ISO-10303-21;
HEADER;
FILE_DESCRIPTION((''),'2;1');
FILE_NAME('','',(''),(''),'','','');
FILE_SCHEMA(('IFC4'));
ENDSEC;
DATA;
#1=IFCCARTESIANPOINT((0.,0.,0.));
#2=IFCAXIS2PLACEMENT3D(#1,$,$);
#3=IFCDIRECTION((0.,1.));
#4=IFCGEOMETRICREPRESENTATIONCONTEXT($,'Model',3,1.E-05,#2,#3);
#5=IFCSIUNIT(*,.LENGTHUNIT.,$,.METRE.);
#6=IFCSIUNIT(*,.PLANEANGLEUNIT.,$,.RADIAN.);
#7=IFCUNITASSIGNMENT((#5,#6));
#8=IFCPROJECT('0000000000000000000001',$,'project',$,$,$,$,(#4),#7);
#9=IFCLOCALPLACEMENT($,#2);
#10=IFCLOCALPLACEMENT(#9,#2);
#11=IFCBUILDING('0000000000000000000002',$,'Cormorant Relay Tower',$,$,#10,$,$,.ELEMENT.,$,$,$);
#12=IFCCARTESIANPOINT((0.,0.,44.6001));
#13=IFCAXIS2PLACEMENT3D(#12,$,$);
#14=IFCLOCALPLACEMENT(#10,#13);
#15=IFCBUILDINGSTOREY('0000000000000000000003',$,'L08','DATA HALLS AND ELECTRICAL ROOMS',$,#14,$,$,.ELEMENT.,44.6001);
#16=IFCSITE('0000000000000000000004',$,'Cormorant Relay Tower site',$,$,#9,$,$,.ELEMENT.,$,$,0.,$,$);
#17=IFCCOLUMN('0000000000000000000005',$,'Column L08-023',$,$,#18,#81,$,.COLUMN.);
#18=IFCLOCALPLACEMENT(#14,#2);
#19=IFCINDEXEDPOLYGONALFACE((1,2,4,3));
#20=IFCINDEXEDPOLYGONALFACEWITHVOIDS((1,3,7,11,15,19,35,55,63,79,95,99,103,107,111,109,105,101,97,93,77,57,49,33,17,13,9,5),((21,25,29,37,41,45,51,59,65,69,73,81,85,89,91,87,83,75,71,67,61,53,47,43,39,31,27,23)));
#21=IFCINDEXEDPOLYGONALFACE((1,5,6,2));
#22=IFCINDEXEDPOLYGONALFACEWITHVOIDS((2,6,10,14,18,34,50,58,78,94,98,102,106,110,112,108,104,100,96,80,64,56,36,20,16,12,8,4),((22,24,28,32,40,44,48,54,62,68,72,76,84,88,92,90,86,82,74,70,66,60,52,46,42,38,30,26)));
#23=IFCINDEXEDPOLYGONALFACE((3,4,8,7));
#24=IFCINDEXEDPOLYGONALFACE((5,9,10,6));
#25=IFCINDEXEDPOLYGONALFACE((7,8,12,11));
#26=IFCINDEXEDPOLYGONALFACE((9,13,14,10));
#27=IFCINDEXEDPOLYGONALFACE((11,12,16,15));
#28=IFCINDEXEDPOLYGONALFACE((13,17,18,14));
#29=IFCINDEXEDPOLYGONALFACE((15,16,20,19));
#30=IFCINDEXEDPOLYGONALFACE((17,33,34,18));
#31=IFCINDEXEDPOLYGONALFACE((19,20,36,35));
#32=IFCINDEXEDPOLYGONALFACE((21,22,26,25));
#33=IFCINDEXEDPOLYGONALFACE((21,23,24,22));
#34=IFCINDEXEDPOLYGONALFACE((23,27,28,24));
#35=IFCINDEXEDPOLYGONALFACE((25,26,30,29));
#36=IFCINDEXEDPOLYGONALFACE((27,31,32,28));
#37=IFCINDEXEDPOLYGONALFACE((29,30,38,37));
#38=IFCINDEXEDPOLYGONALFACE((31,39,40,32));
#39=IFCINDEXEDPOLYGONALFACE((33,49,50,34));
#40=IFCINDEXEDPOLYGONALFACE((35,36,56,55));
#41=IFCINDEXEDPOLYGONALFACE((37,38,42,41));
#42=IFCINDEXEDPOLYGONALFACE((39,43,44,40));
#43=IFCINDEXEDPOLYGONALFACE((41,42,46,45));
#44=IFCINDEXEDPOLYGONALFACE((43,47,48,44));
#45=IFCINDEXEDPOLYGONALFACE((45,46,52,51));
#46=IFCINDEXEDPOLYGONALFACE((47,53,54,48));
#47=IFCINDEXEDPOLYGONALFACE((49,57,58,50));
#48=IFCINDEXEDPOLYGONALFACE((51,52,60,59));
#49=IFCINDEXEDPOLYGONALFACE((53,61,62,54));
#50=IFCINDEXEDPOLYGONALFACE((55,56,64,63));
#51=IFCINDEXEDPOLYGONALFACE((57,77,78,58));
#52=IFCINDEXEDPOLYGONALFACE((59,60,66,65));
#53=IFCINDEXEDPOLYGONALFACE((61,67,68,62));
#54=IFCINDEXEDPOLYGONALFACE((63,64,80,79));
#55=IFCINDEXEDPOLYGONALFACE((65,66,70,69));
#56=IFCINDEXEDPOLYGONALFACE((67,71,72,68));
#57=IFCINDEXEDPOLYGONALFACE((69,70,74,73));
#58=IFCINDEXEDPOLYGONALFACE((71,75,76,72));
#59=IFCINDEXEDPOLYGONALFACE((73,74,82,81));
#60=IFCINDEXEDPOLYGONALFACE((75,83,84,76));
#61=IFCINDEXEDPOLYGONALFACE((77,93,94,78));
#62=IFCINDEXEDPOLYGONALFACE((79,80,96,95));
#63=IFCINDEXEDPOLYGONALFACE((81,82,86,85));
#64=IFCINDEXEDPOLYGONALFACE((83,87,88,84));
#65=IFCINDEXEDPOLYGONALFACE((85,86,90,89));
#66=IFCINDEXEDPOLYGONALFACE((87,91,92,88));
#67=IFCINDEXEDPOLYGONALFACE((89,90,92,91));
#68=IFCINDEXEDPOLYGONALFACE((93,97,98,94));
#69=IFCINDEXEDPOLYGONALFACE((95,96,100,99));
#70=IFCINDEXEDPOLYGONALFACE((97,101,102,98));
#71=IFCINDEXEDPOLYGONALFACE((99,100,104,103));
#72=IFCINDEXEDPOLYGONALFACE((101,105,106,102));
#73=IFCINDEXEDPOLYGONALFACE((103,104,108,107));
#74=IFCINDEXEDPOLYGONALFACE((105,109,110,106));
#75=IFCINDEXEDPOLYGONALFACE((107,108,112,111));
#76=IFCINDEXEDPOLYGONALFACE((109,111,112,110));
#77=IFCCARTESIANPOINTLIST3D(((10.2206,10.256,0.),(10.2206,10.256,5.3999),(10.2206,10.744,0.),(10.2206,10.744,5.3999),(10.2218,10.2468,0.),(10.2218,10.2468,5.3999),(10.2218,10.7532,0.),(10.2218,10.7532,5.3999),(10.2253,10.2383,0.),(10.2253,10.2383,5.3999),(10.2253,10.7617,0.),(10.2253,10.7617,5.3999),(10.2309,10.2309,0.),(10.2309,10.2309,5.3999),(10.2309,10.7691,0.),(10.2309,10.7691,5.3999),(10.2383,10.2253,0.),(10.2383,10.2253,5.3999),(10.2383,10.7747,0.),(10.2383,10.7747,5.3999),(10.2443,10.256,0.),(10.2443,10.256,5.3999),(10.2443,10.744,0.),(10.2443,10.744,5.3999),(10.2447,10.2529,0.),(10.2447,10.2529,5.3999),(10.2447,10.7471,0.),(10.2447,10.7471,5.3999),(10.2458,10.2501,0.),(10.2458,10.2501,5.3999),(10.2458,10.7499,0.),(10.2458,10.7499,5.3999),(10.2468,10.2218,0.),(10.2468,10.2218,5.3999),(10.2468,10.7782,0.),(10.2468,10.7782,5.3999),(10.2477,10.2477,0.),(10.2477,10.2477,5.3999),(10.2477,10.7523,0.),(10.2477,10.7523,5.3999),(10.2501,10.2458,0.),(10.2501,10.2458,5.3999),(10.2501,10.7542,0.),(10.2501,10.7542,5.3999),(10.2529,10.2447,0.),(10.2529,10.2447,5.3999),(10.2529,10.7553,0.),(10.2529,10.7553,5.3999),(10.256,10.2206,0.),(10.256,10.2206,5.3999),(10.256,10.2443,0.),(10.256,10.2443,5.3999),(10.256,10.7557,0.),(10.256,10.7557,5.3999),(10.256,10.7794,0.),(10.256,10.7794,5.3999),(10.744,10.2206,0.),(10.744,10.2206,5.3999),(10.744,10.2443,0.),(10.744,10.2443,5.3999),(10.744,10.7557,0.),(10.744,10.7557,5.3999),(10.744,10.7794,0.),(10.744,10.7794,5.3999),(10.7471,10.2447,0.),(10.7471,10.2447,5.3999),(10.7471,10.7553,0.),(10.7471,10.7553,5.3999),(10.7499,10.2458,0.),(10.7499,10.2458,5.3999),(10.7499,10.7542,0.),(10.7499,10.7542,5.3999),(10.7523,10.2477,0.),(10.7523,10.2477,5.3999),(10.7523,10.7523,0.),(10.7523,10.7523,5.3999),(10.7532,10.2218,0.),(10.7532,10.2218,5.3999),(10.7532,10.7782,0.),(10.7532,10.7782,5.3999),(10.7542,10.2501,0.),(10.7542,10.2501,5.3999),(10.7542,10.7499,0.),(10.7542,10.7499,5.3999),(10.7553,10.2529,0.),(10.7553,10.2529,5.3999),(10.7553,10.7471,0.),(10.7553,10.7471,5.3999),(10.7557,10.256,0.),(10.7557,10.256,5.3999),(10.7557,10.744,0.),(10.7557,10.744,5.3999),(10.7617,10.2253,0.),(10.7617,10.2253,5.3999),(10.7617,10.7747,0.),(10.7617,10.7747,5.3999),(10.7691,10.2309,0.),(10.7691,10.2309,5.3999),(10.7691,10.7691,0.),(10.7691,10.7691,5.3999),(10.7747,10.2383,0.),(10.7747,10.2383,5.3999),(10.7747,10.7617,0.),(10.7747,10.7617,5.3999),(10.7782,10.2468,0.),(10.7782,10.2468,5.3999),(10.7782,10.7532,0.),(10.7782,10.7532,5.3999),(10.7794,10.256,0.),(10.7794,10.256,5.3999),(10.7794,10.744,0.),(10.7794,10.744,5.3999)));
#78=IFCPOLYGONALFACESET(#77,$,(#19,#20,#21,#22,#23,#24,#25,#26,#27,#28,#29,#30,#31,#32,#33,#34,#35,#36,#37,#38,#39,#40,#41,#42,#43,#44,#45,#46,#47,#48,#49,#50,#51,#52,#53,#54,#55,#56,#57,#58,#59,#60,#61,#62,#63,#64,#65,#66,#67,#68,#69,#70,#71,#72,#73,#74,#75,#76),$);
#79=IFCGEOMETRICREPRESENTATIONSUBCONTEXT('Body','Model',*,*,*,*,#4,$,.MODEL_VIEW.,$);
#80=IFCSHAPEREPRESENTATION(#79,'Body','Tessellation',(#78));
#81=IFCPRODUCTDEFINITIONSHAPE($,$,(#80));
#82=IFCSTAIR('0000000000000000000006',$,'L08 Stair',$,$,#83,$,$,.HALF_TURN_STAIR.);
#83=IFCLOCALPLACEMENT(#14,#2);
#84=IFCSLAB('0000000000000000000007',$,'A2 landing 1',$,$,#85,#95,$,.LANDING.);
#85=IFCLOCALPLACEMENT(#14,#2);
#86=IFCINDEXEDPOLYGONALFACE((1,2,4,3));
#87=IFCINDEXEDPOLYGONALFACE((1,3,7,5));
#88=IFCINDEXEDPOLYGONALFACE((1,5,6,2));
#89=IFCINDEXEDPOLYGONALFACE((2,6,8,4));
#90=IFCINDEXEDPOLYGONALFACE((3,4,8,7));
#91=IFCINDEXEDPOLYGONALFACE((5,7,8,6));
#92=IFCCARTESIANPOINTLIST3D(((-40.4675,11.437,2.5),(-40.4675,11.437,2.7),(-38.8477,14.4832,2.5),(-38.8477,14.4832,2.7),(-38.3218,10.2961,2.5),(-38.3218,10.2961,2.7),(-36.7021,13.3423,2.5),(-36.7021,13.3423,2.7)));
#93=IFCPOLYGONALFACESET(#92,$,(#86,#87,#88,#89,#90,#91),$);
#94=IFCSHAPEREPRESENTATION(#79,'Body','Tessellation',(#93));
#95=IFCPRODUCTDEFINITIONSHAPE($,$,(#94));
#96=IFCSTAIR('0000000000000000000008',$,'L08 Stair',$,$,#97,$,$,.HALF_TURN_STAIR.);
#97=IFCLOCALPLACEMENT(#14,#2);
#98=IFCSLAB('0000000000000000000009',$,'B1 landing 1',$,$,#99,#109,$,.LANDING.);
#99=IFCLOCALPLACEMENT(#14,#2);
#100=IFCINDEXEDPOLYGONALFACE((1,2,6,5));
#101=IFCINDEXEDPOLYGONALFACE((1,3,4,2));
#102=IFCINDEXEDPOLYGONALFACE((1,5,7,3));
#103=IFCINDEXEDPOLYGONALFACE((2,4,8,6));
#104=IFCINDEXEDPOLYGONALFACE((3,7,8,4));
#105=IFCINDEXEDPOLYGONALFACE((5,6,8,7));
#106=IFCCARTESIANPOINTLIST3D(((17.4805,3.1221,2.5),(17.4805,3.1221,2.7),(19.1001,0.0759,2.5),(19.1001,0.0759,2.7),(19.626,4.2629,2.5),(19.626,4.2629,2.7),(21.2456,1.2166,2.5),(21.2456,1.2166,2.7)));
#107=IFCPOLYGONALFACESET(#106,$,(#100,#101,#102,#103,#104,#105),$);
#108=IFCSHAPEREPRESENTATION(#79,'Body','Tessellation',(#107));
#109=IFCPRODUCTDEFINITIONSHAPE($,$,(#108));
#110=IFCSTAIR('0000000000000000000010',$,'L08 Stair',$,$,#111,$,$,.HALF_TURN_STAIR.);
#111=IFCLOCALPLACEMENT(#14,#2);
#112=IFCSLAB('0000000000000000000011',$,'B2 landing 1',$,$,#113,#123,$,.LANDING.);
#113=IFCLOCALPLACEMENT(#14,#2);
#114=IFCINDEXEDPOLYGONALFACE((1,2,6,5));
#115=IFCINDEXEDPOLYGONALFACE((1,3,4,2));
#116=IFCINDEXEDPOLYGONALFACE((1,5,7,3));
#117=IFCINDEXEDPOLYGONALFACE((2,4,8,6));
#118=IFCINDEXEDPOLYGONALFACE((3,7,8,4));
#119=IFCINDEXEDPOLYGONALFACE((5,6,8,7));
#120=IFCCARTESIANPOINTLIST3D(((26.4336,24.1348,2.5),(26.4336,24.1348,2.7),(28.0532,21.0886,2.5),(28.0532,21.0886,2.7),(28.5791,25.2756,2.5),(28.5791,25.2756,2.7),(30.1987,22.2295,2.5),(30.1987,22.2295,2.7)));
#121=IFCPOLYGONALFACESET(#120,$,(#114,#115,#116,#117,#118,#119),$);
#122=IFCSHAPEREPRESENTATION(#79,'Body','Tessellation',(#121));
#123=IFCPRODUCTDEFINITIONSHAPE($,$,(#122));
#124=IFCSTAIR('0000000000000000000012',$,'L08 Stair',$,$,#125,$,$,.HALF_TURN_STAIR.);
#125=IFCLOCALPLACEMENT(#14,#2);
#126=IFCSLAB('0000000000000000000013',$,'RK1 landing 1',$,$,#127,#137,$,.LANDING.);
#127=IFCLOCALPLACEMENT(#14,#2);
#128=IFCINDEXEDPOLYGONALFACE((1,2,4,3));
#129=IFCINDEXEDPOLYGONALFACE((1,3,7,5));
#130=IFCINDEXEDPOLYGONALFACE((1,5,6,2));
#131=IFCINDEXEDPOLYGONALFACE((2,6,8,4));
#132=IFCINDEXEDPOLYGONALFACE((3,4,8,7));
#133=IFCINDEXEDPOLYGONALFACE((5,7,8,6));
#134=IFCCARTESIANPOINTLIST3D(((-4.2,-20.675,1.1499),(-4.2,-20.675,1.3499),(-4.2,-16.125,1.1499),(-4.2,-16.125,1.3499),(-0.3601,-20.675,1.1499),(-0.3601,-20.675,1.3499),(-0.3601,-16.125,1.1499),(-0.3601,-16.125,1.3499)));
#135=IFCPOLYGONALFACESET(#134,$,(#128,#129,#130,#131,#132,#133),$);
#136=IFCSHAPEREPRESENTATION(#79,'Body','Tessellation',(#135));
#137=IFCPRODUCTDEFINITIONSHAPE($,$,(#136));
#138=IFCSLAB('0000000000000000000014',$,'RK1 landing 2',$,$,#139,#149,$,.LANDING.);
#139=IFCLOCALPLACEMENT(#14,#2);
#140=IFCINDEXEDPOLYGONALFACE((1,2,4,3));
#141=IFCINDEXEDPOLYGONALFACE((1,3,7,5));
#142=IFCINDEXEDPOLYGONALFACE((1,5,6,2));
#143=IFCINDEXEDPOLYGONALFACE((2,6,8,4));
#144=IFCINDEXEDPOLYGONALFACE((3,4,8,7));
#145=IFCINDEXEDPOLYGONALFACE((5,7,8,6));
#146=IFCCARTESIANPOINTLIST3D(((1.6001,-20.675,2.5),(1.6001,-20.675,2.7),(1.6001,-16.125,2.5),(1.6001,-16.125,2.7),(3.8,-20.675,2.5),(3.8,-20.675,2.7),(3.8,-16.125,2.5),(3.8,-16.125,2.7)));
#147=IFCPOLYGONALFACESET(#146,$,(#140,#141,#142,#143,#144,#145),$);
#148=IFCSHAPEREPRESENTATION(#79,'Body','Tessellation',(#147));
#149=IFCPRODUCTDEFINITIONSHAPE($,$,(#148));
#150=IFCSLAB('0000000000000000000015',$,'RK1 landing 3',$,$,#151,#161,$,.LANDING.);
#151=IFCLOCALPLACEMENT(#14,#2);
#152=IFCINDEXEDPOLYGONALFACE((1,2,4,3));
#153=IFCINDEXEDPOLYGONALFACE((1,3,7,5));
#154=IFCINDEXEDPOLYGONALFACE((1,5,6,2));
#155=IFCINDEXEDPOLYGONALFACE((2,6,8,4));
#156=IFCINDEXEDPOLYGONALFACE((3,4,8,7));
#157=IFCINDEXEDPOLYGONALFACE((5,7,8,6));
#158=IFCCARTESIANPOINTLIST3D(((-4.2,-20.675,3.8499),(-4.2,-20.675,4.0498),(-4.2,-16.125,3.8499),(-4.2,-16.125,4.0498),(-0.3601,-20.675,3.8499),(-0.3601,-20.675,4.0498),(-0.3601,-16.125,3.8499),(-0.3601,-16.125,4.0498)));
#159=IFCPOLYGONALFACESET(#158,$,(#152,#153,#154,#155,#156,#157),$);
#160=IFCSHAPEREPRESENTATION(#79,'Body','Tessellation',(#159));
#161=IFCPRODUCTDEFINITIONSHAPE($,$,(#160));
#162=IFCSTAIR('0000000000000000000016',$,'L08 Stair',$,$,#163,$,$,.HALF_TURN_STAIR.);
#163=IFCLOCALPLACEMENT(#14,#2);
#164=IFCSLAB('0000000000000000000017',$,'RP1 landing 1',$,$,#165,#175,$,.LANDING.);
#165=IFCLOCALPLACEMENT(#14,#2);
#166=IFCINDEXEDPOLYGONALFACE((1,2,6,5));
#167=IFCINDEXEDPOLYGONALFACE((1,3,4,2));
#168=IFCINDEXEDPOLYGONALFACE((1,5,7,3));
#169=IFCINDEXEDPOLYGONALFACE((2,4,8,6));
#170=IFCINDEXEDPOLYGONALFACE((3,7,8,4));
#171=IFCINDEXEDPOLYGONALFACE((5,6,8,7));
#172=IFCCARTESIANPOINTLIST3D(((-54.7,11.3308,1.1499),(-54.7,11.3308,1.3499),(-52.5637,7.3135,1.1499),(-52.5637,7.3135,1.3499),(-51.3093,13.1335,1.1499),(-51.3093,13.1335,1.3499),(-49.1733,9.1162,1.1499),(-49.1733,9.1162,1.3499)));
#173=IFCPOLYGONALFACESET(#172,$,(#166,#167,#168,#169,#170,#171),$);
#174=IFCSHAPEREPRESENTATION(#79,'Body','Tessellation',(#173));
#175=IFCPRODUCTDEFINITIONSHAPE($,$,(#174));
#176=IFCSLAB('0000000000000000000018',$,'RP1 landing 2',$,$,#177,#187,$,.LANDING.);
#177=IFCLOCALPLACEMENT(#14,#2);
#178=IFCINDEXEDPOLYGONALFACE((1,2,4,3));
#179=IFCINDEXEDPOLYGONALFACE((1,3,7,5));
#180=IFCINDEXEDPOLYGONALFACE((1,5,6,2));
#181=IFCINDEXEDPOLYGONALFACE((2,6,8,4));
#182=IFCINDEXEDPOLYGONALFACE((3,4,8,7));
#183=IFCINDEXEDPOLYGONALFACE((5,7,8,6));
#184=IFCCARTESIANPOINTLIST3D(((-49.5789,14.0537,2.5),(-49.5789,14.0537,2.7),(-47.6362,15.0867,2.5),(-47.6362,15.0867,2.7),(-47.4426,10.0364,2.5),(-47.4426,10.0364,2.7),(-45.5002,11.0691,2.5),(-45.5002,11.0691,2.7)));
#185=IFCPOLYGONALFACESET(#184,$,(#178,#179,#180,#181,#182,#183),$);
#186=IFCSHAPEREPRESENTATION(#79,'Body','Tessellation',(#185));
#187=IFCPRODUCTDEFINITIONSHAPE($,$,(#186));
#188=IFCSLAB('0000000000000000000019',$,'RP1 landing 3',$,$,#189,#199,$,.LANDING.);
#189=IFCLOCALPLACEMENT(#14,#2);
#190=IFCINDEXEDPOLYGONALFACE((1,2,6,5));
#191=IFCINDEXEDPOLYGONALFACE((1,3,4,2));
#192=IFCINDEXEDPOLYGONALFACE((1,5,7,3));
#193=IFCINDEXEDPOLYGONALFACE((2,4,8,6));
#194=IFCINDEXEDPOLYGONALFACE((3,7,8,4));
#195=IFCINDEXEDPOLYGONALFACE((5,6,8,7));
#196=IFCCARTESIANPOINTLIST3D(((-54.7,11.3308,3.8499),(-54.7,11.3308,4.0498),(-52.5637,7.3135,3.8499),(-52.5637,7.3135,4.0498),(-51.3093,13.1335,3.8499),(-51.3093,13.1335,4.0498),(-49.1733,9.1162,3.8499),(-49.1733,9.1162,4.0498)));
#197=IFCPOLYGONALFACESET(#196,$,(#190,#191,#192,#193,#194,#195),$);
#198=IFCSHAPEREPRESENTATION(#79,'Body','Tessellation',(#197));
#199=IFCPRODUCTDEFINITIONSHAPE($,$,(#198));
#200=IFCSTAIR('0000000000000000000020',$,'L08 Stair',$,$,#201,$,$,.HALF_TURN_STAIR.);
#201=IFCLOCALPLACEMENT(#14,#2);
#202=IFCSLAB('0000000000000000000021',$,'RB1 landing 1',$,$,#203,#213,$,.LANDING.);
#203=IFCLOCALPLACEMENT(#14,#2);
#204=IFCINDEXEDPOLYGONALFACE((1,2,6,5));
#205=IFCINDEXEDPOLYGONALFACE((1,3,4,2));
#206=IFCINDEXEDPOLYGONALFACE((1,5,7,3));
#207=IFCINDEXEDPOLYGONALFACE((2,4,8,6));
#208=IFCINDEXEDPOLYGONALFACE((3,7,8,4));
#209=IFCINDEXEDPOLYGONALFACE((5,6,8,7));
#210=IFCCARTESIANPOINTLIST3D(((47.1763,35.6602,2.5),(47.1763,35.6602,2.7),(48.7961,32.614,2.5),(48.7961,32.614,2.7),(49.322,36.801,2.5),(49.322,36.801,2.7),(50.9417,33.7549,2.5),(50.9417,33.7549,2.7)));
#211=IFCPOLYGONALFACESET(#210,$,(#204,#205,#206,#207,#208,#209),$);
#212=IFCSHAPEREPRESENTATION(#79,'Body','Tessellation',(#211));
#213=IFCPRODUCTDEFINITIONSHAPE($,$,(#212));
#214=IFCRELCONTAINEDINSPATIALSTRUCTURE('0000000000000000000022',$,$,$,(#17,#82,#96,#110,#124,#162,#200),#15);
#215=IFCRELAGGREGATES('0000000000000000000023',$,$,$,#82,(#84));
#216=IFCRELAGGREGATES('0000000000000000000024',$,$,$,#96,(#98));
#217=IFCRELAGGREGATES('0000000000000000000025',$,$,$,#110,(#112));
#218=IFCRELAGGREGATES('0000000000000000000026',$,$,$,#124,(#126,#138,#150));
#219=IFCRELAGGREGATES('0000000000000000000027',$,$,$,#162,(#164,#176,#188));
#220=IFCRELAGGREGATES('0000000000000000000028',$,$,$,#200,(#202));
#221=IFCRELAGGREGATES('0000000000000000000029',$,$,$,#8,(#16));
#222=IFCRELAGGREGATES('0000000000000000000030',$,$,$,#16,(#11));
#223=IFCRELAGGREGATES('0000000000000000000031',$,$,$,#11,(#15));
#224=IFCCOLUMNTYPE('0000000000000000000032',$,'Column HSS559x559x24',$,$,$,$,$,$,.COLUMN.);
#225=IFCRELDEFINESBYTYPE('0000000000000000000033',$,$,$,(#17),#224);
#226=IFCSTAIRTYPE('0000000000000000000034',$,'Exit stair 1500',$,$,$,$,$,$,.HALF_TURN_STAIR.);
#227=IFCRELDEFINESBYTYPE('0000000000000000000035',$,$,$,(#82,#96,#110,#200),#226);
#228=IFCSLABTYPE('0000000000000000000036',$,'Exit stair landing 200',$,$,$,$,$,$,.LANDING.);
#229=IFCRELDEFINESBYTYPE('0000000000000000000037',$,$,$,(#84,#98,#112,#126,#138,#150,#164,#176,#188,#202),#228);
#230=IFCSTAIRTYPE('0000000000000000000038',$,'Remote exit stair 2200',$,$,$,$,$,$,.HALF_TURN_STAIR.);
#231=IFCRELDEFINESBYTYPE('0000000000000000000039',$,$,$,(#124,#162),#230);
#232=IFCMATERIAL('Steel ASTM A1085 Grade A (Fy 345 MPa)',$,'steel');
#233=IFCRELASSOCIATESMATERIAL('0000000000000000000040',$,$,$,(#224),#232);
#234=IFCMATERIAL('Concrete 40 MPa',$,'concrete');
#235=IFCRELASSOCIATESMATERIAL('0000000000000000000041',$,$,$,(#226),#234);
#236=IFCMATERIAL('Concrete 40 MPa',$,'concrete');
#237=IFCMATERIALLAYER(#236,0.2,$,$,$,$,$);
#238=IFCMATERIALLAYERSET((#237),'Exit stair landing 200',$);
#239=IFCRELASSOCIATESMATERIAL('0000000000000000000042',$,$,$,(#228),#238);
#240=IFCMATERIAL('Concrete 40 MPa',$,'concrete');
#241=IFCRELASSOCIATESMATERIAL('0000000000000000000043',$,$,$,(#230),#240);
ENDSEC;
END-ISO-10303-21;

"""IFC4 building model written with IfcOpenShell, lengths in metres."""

from ifc_helpers import new_model, si_unit, direction, frame, origin, origin_2d, place, context, subcontext, project, spatial, polyline, hollow_rectangle, outline, extrude, material, layer, layer_set, material_profile, profile_set, type_object, element, aggregate, save


model = new_model("IFC4")

# Units and contexts
model_context = context("Model", 3, precision=1e-05, world=origin(), true_north=direction((0.0, 1.0)))
body_context = subcontext(model_context, "Body", "Model", "MODEL_VIEW")
ifc_project = project(units=[si_unit("LENGTHUNIT", "METRE"), si_unit("PLANEANGLEUNIT", "RADIAN")], contexts=[model_context])

# Site, building, storey
site_placement = place(None, origin())
site = spatial("IfcSite", under=ifc_project, at=site_placement, Name="Cormorant Relay Tower site", CompositionType="ELEMENT", RefElevation=0.0)
building_placement = place(site_placement, origin())
building = spatial("IfcBuilding", under=site, at=building_placement, Name="Cormorant Relay Tower", CompositionType="ELEMENT")
storey_placement = place(building_placement, frame((0.0, 0.0, 44.6001)))
storey = spatial("IfcBuildingStorey", under=building, at=storey_placement, Name="L08", Description="DATA HALLS AND ELECTRICAL ROOMS", CompositionType="ELEMENT", Elevation=44.6001)

# Column
ifc_material_1 = material(Name="Steel ASTM A1085 Grade A (Fy 345 MPa)", Category="steel")
ifc_material_profile = material_profile(ifc_material_1, hollow_rectangle(XDim=0.5588, YDim=0.5588, WallThickness=0.0237, InnerFilletRadius=0.0117, OuterFilletRadius=0.0354, at=origin_2d()), Name="HSS559x559x24")
ifc_profile_set = profile_set([ifc_material_profile], Name="Steel ASTM A1085 Grade A (Fy 345 MPa)")
column_type = type_object("IfcColumnType", Name="Column HSS559x559x24", PredefinedType="COLUMN", material=ifc_profile_set)
column_placement = place(storey_placement, frame((10.5, 10.5, 0.0), z_axis=(0.0, 0.0, 1.0), x_axis=(1.0, 0.0, 0.0)))
element("IfcColumn", 1, at=column_placement, inside=storey, type_object=column_type, Name="Column L08-023", PredefinedType="COLUMN", context=body_context, shape_type="SweptSolid", body=[
    extrude(hollow_rectangle(XDim=0.5588, YDim=0.5588, WallThickness=0.0237, InnerFilletRadius=0.0117, OuterFilletRadius=0.0354, at=origin_2d()), origin(), (0.0, 0.0, 1.0), 5.3999),
])

# Stairs, slabs
ifc_material_2 = material(Name="Concrete 40 MPa", Category="concrete")
stair_type_1 = type_object("IfcStairType", Name="Exit stair 1500", PredefinedType="HALF_TURN_STAIR", material=ifc_material_2)
stair_1_placement = place(storey_placement, origin())
stair_1 = element("IfcStair", 2, at=stair_1_placement, inside=storey, type_object=stair_type_1, Name="L08 Stair", PredefinedType="HALF_TURN_STAIR")
ifc_material_3 = material(Name="Concrete 40 MPa", Category="concrete")
ifc_layer_1 = layer(ifc_material_3, 0.2)
ifc_layer_set_1 = layer_set([ifc_layer_1], Name="Exit stair landing 200")
slab_type = type_object("IfcSlabType", Name="Exit stair landing 200", PredefinedType="LANDING", material=ifc_layer_set_1)
slab_1_placement = place(storey_placement, frame((0.0, 0.0, 2.5)))
slab_1 = element("IfcSlab", 3, at=slab_1_placement, type_object=slab_type, Name="A2 landing 1", PredefinedType="LANDING", context=body_context, shape_type="SweptSolid", body=[
    extrude(outline(polyline([(-36.7021, 13.3423), (-38.8477, 14.4832), (-40.4675, 11.437), (-38.3218, 10.2961), (-36.7021, 13.3423)])), origin(), (0.0, 0.0, 1.0), 0.2),
])
aggregate(stair_1, [slab_1])
stair_2_placement = place(storey_placement, origin())
stair_2 = element("IfcStair", 4, at=stair_2_placement, inside=storey, type_object=stair_type_1, Name="L08 Stair", PredefinedType="HALF_TURN_STAIR")
slab_2_placement = place(storey_placement, frame((0.0, 0.0, 2.5)))
slab_2 = element("IfcSlab", 5, at=slab_2_placement, type_object=slab_type, Name="B1 landing 1", PredefinedType="LANDING", context=body_context, shape_type="SweptSolid", body=[
    extrude(outline(polyline([(19.626, 4.2629), (17.4805, 3.1221), (19.1001, 0.0759), (21.2456, 1.2166), (19.626, 4.2629)])), origin(), (0.0, 0.0, 1.0), 0.2),
])
aggregate(stair_2, [slab_2])
stair_3_placement = place(storey_placement, origin())
stair_3 = element("IfcStair", 6, at=stair_3_placement, inside=storey, type_object=stair_type_1, Name="L08 Stair", PredefinedType="HALF_TURN_STAIR")
slab_3_placement = place(storey_placement, frame((0.0, 0.0, 2.5)))
slab_3 = element("IfcSlab", 7, at=slab_3_placement, type_object=slab_type, Name="B2 landing 1", PredefinedType="LANDING", context=body_context, shape_type="SweptSolid", body=[
    extrude(outline(polyline([(28.0532, 21.0886), (30.1987, 22.2295), (28.5791, 25.2756), (26.4336, 24.1348), (28.0532, 21.0886)])), origin(), (0.0, 0.0, 1.0), 0.2),
])
aggregate(stair_3, [slab_3])

# Stairs, slabs
ifc_material_4 = material(Name="Concrete 40 MPa", Category="concrete")
stair_type_2 = type_object("IfcStairType", Name="Remote exit stair 2200", PredefinedType="HALF_TURN_STAIR", material=ifc_material_4)
stair_4_placement = place(storey_placement, origin())
stair_4 = element("IfcStair", 8, at=stair_4_placement, inside=storey, type_object=stair_type_2, Name="L08 Stair", PredefinedType="HALF_TURN_STAIR")
slab_4_placement = place(storey_placement, frame((0.0, 0.0, 1.1499)))
slab_4 = element("IfcSlab", 9, at=slab_4_placement, type_object=slab_type, Name="RK1 landing 1", PredefinedType="LANDING", context=body_context, shape_type="SweptSolid", body=[
    extrude(outline(polyline([(-0.3601, -16.125), (-4.2, -16.125), (-4.2, -20.675), (-0.3601, -20.675), (-0.3601, -16.125)])), origin(), (0.0, 0.0, 1.0), 0.2),
])
slab_5_placement = place(storey_placement, frame((0.0, 0.0, 2.5)))
slab_5 = element("IfcSlab", 10, at=slab_5_placement, type_object=slab_type, Name="RK1 landing 2", PredefinedType="LANDING", context=body_context, shape_type="SweptSolid", body=[
    extrude(outline(polyline([(3.8, -16.125), (1.6001, -16.125), (1.6001, -20.675), (3.8, -20.675), (3.8, -16.125)])), origin(), (0.0, 0.0, 1.0), 0.2),
])
slab_6_placement = place(storey_placement, frame((0.0, 0.0, 3.8499)))
slab_6 = element("IfcSlab", 11, at=slab_6_placement, type_object=slab_type, Name="RK1 landing 3", PredefinedType="LANDING", context=body_context, shape_type="SweptSolid", body=[
    extrude(outline(polyline([(-0.3601, -16.125), (-4.2, -16.125), (-4.2, -20.675), (-0.3601, -20.675), (-0.3601, -16.125)])), origin(), (0.0, 0.0, 1.0), 0.2),
])
aggregate(stair_4, [slab_4, slab_5, slab_6])
stair_5_placement = place(storey_placement, origin())
stair_5 = element("IfcStair", 12, at=stair_5_placement, inside=storey, type_object=stair_type_2, Name="L08 Stair", PredefinedType="HALF_TURN_STAIR")
slab_7_placement = place(storey_placement, frame((0.0, 0.0, 1.1499)))
slab_7 = element("IfcSlab", 13, at=slab_7_placement, type_object=slab_type, Name="RP1 landing 1", PredefinedType="LANDING", context=body_context, shape_type="SweptSolid", body=[
    extrude(outline(polyline([(-51.3093, 13.1335), (-54.7, 11.3308), (-52.5637, 7.3135), (-49.1733, 9.1162), (-51.3093, 13.1335)])), origin(), (0.0, 0.0, 1.0), 0.2),
])
slab_8_placement = place(storey_placement, frame((0.0, 0.0, 2.5)))
slab_8 = element("IfcSlab", 14, at=slab_8_placement, type_object=slab_type, Name="RP1 landing 2", PredefinedType="LANDING", context=body_context, shape_type="SweptSolid", body=[
    extrude(outline(polyline([(-47.6362, 15.0867), (-49.5789, 14.0537), (-47.4426, 10.0364), (-45.5002, 11.0691), (-47.6362, 15.0867)])), origin(), (0.0, 0.0, 1.0), 0.2),
])
slab_9_placement = place(storey_placement, frame((0.0, 0.0, 3.8499)))
slab_9 = element("IfcSlab", 15, at=slab_9_placement, type_object=slab_type, Name="RP1 landing 3", PredefinedType="LANDING", context=body_context, shape_type="SweptSolid", body=[
    extrude(outline(polyline([(-51.3093, 13.1335), (-54.7, 11.3308), (-52.5637, 7.3135), (-49.1733, 9.1162), (-51.3093, 13.1335)])), origin(), (0.0, 0.0, 1.0), 0.2),
])
aggregate(stair_5, [slab_7, slab_8, slab_9])

# Stair, slab
stair_6_placement = place(storey_placement, origin())
stair_6 = element("IfcStair", 16, at=stair_6_placement, inside=storey, type_object=stair_type_1, Name="L08 Stair", PredefinedType="HALF_TURN_STAIR")
slab_10_placement = place(storey_placement, frame((0.0, 0.0, 2.5)))
slab_10 = element("IfcSlab", 17, at=slab_10_placement, type_object=slab_type, Name="RB1 landing 1", PredefinedType="LANDING", context=body_context, shape_type="SweptSolid", body=[
    extrude(outline(polyline([(48.7961, 32.614), (50.9417, 33.7549), (49.322, 36.801), (47.1763, 35.6602), (48.7961, 32.614)])), origin(), (0.0, 0.0, 1.0), 0.2),
])
aggregate(stair_6, [slab_10])

save(model, "model.ifc")
